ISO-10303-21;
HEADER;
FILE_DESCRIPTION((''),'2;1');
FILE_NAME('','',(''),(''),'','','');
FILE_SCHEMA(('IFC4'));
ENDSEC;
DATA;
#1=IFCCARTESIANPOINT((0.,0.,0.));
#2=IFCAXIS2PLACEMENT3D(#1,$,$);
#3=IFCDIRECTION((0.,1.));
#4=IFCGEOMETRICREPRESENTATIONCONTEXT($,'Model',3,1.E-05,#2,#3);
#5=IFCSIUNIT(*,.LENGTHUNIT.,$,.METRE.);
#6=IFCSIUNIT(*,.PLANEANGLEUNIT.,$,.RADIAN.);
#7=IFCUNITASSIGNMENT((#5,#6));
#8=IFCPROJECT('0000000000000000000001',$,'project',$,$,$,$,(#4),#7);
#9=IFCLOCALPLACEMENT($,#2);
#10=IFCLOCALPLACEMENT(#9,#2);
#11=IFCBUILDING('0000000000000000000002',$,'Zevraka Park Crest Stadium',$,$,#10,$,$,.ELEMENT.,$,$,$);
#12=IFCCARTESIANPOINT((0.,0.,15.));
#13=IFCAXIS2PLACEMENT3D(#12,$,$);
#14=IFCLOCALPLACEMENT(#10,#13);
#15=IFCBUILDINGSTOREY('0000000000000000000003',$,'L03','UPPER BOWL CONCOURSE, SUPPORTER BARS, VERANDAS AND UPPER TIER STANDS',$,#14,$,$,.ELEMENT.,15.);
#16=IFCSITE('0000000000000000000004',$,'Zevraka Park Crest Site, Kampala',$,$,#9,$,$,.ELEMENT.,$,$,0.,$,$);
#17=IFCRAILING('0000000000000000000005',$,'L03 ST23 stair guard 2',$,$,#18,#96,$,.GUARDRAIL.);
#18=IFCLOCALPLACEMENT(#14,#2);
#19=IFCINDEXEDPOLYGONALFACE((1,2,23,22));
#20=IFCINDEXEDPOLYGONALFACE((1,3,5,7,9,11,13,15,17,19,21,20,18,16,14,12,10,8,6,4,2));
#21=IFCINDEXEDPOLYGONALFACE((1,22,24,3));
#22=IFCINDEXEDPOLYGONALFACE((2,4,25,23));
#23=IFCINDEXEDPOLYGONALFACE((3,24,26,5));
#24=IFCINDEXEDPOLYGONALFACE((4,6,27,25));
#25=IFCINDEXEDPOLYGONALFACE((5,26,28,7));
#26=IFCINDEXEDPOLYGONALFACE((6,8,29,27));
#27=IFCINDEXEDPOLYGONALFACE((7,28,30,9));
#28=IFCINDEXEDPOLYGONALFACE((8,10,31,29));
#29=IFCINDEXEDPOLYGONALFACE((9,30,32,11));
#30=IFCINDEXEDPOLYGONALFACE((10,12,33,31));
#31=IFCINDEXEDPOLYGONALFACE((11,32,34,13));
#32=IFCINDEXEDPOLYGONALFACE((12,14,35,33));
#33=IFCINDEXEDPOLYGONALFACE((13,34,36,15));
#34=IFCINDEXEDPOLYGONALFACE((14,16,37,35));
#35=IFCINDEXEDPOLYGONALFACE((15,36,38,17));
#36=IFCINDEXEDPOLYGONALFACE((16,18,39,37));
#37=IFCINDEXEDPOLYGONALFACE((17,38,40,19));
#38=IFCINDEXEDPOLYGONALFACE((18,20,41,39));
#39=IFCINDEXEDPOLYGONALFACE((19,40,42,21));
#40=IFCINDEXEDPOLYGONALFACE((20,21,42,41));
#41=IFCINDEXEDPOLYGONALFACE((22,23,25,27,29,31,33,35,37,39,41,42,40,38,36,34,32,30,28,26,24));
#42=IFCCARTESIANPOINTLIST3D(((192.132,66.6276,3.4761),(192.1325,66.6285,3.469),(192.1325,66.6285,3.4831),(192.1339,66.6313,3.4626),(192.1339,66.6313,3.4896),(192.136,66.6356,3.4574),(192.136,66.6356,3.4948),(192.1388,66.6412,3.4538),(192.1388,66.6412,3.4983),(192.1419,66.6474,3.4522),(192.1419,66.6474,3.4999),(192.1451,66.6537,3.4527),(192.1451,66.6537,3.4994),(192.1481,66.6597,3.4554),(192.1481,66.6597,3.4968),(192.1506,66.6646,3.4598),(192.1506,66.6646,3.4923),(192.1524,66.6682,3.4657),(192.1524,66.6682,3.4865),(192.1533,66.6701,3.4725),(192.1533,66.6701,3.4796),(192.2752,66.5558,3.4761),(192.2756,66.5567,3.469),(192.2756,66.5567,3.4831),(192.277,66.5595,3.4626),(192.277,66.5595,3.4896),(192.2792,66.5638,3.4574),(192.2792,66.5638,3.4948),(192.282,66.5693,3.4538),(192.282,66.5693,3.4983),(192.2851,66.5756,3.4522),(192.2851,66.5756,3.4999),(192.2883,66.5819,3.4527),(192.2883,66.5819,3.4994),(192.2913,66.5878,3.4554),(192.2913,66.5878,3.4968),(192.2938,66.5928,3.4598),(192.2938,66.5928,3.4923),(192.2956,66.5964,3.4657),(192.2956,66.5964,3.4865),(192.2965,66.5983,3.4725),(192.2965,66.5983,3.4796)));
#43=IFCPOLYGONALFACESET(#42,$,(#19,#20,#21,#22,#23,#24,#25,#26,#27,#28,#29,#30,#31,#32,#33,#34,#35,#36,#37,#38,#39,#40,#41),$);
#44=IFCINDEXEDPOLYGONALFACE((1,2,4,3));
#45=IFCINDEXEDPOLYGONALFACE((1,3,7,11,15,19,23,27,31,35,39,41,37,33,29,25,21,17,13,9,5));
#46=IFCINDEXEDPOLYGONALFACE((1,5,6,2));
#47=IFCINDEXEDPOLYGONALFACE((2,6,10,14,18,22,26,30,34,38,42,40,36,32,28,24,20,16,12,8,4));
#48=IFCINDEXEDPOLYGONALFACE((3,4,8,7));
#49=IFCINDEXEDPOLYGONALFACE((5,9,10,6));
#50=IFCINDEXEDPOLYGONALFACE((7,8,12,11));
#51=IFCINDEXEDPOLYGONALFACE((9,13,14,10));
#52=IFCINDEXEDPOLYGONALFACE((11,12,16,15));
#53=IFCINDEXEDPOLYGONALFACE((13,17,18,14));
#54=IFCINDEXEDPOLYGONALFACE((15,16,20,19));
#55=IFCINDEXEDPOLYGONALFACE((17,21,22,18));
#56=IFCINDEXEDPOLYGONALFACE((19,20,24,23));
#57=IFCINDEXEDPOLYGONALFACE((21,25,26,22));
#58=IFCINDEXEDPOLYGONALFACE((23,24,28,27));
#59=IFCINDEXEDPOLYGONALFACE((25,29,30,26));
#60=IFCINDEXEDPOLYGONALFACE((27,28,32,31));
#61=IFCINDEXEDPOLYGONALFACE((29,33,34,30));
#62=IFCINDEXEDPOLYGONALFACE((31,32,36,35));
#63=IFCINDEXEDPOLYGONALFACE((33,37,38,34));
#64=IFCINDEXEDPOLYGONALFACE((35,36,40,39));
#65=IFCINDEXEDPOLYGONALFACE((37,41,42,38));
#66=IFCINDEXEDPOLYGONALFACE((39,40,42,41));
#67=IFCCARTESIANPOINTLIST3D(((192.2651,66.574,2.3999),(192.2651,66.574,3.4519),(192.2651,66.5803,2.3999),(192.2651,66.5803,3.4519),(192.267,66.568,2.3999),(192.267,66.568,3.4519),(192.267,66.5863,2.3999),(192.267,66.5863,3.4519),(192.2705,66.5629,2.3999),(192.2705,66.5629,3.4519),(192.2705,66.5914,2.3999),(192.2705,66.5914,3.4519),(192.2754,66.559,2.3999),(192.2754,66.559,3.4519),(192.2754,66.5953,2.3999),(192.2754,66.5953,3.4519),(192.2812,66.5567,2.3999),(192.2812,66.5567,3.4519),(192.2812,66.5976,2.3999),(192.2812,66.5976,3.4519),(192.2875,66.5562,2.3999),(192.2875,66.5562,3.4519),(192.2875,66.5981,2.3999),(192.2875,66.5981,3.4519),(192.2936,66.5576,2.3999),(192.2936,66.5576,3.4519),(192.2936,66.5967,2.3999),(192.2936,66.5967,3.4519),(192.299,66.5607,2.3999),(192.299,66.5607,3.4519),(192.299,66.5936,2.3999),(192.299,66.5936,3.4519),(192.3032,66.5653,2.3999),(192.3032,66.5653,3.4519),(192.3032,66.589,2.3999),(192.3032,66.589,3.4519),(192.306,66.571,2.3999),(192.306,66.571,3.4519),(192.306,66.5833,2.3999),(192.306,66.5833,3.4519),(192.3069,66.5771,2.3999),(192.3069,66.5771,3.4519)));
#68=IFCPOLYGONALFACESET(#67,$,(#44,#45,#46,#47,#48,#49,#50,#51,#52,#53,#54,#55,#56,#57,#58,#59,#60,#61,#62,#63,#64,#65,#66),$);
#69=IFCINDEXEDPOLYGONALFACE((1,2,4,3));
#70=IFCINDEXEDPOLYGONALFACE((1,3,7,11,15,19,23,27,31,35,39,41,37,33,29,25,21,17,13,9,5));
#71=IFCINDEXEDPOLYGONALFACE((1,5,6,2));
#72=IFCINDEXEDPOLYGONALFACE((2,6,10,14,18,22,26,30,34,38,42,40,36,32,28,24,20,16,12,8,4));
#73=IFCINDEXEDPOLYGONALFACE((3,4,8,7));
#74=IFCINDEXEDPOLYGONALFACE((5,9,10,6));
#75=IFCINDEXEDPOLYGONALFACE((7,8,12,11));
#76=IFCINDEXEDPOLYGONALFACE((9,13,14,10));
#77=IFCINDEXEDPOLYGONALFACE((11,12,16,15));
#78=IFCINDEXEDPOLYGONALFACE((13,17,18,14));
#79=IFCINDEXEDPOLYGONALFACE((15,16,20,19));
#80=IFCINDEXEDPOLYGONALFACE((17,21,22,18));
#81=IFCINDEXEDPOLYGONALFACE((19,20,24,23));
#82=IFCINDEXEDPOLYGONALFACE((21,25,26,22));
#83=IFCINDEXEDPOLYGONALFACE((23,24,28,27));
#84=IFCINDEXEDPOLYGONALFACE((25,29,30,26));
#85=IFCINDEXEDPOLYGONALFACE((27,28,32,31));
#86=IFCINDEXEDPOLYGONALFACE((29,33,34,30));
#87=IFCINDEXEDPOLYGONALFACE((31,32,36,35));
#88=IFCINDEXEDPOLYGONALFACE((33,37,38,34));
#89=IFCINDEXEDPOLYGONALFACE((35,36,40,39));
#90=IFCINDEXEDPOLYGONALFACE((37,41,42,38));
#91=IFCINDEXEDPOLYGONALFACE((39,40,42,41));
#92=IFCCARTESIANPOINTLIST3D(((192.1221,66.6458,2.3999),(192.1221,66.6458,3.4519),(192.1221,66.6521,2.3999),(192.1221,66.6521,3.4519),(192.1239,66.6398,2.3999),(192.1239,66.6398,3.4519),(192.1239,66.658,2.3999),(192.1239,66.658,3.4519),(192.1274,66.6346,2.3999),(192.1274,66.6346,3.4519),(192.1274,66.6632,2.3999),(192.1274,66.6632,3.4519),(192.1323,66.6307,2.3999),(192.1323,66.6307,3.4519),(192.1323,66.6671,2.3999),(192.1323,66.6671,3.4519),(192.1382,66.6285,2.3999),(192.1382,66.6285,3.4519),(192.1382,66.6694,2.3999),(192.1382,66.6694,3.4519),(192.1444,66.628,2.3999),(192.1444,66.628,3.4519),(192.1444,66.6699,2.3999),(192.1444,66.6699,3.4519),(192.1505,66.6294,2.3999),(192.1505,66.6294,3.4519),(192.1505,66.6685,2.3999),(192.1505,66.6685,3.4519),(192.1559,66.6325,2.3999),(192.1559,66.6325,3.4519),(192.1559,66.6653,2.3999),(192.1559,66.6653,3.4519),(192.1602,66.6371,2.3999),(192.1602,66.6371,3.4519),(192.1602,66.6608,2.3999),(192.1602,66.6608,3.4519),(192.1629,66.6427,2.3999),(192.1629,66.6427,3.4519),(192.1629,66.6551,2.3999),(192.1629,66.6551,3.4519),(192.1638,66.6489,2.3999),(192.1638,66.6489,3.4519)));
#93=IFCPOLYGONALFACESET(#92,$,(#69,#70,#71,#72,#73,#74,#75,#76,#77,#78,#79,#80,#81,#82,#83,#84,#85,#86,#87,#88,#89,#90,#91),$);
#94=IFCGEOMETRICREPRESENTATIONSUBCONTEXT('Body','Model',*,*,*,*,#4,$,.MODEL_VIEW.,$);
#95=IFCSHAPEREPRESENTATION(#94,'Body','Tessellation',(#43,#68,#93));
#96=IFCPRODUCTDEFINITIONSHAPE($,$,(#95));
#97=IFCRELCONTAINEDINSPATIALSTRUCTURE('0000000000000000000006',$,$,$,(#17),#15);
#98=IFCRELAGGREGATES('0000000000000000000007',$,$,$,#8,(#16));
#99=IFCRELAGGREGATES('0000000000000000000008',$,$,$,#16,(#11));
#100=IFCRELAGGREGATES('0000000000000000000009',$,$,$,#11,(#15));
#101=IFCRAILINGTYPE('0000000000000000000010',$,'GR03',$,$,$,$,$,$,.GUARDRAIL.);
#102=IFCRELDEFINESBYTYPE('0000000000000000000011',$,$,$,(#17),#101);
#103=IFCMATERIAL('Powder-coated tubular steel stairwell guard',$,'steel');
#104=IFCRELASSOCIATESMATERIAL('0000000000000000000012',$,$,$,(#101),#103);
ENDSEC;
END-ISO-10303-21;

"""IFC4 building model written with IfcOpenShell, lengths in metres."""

from ifc_helpers import new_model, si_unit, direction, frame, origin, origin_2d, place, context, subcontext, project, spatial, circle, extrude, material, type_object, element, save


model = new_model("IFC4")

# Units and contexts
model_context = context("Model", 3, precision=1e-05, world=origin(), true_north=direction((0.0, 1.0)))
body_context = subcontext(model_context, "Body", "Model", "MODEL_VIEW")
ifc_project = project(units=[si_unit("LENGTHUNIT", "METRE"), si_unit("PLANEANGLEUNIT", "RADIAN")], contexts=[model_context])

# Site, building, storey
site_placement = place(None, origin())
site = spatial("IfcSite", under=ifc_project, at=site_placement, Name="Zevraka Park Crest Site, Kampala", CompositionType="ELEMENT", RefElevation=0.0)
building_placement = place(site_placement, origin())
building = spatial("IfcBuilding", under=site, at=building_placement, Name="Zevraka Park Crest Stadium", CompositionType="ELEMENT")
storey_placement = place(building_placement, frame((0.0, 0.0, 15.0)))
storey = spatial("IfcBuildingStorey", under=building, at=storey_placement, Name="L03", Description="UPPER BOWL CONCOURSE, SUPPORTER BARS, VERANDAS AND UPPER TIER STANDS", CompositionType="ELEMENT", Elevation=15.0)

# Railing
ifc_material_1 = material(Name="Powder-coated tubular steel stairwell guard", Category="steel")
railing_type_1 = type_object("IfcRailingType", Name="GR03", PredefinedType="GUARDRAIL", material=ifc_material_1)
railing_1_placement = place(storey_placement, frame((192.2859, 66.5771, 2.3999)))
element("IfcRailing", 1, at=railing_1_placement, inside=storey, type_object=railing_type_1, Name="L03 ST23 stair guard 2", PredefinedType="GUARDRAIL", context=body_context, shape_type="SweptSolid", body=[
    extrude(circle(Radius=0.0239, at=origin_2d()), frame((0.0, 0.0, 1.0762), z_axis=(-0.893816, 0.448433, 0.0), x_axis=(-0.448433, -0.893816, 0.0)), (0.0, 0.0, 1.0), 0.1602),
    extrude(circle(Radius=0.021, at=origin_2d()), origin(), (0.0, 0.0, 1.0), 1.052),
    extrude(circle(Radius=0.021, at=origin_2d()), frame((-0.1431, 0.0718, 0.0)), (0.0, 0.0, 1.0), 1.052),
])

save(model, "model.ifc")
